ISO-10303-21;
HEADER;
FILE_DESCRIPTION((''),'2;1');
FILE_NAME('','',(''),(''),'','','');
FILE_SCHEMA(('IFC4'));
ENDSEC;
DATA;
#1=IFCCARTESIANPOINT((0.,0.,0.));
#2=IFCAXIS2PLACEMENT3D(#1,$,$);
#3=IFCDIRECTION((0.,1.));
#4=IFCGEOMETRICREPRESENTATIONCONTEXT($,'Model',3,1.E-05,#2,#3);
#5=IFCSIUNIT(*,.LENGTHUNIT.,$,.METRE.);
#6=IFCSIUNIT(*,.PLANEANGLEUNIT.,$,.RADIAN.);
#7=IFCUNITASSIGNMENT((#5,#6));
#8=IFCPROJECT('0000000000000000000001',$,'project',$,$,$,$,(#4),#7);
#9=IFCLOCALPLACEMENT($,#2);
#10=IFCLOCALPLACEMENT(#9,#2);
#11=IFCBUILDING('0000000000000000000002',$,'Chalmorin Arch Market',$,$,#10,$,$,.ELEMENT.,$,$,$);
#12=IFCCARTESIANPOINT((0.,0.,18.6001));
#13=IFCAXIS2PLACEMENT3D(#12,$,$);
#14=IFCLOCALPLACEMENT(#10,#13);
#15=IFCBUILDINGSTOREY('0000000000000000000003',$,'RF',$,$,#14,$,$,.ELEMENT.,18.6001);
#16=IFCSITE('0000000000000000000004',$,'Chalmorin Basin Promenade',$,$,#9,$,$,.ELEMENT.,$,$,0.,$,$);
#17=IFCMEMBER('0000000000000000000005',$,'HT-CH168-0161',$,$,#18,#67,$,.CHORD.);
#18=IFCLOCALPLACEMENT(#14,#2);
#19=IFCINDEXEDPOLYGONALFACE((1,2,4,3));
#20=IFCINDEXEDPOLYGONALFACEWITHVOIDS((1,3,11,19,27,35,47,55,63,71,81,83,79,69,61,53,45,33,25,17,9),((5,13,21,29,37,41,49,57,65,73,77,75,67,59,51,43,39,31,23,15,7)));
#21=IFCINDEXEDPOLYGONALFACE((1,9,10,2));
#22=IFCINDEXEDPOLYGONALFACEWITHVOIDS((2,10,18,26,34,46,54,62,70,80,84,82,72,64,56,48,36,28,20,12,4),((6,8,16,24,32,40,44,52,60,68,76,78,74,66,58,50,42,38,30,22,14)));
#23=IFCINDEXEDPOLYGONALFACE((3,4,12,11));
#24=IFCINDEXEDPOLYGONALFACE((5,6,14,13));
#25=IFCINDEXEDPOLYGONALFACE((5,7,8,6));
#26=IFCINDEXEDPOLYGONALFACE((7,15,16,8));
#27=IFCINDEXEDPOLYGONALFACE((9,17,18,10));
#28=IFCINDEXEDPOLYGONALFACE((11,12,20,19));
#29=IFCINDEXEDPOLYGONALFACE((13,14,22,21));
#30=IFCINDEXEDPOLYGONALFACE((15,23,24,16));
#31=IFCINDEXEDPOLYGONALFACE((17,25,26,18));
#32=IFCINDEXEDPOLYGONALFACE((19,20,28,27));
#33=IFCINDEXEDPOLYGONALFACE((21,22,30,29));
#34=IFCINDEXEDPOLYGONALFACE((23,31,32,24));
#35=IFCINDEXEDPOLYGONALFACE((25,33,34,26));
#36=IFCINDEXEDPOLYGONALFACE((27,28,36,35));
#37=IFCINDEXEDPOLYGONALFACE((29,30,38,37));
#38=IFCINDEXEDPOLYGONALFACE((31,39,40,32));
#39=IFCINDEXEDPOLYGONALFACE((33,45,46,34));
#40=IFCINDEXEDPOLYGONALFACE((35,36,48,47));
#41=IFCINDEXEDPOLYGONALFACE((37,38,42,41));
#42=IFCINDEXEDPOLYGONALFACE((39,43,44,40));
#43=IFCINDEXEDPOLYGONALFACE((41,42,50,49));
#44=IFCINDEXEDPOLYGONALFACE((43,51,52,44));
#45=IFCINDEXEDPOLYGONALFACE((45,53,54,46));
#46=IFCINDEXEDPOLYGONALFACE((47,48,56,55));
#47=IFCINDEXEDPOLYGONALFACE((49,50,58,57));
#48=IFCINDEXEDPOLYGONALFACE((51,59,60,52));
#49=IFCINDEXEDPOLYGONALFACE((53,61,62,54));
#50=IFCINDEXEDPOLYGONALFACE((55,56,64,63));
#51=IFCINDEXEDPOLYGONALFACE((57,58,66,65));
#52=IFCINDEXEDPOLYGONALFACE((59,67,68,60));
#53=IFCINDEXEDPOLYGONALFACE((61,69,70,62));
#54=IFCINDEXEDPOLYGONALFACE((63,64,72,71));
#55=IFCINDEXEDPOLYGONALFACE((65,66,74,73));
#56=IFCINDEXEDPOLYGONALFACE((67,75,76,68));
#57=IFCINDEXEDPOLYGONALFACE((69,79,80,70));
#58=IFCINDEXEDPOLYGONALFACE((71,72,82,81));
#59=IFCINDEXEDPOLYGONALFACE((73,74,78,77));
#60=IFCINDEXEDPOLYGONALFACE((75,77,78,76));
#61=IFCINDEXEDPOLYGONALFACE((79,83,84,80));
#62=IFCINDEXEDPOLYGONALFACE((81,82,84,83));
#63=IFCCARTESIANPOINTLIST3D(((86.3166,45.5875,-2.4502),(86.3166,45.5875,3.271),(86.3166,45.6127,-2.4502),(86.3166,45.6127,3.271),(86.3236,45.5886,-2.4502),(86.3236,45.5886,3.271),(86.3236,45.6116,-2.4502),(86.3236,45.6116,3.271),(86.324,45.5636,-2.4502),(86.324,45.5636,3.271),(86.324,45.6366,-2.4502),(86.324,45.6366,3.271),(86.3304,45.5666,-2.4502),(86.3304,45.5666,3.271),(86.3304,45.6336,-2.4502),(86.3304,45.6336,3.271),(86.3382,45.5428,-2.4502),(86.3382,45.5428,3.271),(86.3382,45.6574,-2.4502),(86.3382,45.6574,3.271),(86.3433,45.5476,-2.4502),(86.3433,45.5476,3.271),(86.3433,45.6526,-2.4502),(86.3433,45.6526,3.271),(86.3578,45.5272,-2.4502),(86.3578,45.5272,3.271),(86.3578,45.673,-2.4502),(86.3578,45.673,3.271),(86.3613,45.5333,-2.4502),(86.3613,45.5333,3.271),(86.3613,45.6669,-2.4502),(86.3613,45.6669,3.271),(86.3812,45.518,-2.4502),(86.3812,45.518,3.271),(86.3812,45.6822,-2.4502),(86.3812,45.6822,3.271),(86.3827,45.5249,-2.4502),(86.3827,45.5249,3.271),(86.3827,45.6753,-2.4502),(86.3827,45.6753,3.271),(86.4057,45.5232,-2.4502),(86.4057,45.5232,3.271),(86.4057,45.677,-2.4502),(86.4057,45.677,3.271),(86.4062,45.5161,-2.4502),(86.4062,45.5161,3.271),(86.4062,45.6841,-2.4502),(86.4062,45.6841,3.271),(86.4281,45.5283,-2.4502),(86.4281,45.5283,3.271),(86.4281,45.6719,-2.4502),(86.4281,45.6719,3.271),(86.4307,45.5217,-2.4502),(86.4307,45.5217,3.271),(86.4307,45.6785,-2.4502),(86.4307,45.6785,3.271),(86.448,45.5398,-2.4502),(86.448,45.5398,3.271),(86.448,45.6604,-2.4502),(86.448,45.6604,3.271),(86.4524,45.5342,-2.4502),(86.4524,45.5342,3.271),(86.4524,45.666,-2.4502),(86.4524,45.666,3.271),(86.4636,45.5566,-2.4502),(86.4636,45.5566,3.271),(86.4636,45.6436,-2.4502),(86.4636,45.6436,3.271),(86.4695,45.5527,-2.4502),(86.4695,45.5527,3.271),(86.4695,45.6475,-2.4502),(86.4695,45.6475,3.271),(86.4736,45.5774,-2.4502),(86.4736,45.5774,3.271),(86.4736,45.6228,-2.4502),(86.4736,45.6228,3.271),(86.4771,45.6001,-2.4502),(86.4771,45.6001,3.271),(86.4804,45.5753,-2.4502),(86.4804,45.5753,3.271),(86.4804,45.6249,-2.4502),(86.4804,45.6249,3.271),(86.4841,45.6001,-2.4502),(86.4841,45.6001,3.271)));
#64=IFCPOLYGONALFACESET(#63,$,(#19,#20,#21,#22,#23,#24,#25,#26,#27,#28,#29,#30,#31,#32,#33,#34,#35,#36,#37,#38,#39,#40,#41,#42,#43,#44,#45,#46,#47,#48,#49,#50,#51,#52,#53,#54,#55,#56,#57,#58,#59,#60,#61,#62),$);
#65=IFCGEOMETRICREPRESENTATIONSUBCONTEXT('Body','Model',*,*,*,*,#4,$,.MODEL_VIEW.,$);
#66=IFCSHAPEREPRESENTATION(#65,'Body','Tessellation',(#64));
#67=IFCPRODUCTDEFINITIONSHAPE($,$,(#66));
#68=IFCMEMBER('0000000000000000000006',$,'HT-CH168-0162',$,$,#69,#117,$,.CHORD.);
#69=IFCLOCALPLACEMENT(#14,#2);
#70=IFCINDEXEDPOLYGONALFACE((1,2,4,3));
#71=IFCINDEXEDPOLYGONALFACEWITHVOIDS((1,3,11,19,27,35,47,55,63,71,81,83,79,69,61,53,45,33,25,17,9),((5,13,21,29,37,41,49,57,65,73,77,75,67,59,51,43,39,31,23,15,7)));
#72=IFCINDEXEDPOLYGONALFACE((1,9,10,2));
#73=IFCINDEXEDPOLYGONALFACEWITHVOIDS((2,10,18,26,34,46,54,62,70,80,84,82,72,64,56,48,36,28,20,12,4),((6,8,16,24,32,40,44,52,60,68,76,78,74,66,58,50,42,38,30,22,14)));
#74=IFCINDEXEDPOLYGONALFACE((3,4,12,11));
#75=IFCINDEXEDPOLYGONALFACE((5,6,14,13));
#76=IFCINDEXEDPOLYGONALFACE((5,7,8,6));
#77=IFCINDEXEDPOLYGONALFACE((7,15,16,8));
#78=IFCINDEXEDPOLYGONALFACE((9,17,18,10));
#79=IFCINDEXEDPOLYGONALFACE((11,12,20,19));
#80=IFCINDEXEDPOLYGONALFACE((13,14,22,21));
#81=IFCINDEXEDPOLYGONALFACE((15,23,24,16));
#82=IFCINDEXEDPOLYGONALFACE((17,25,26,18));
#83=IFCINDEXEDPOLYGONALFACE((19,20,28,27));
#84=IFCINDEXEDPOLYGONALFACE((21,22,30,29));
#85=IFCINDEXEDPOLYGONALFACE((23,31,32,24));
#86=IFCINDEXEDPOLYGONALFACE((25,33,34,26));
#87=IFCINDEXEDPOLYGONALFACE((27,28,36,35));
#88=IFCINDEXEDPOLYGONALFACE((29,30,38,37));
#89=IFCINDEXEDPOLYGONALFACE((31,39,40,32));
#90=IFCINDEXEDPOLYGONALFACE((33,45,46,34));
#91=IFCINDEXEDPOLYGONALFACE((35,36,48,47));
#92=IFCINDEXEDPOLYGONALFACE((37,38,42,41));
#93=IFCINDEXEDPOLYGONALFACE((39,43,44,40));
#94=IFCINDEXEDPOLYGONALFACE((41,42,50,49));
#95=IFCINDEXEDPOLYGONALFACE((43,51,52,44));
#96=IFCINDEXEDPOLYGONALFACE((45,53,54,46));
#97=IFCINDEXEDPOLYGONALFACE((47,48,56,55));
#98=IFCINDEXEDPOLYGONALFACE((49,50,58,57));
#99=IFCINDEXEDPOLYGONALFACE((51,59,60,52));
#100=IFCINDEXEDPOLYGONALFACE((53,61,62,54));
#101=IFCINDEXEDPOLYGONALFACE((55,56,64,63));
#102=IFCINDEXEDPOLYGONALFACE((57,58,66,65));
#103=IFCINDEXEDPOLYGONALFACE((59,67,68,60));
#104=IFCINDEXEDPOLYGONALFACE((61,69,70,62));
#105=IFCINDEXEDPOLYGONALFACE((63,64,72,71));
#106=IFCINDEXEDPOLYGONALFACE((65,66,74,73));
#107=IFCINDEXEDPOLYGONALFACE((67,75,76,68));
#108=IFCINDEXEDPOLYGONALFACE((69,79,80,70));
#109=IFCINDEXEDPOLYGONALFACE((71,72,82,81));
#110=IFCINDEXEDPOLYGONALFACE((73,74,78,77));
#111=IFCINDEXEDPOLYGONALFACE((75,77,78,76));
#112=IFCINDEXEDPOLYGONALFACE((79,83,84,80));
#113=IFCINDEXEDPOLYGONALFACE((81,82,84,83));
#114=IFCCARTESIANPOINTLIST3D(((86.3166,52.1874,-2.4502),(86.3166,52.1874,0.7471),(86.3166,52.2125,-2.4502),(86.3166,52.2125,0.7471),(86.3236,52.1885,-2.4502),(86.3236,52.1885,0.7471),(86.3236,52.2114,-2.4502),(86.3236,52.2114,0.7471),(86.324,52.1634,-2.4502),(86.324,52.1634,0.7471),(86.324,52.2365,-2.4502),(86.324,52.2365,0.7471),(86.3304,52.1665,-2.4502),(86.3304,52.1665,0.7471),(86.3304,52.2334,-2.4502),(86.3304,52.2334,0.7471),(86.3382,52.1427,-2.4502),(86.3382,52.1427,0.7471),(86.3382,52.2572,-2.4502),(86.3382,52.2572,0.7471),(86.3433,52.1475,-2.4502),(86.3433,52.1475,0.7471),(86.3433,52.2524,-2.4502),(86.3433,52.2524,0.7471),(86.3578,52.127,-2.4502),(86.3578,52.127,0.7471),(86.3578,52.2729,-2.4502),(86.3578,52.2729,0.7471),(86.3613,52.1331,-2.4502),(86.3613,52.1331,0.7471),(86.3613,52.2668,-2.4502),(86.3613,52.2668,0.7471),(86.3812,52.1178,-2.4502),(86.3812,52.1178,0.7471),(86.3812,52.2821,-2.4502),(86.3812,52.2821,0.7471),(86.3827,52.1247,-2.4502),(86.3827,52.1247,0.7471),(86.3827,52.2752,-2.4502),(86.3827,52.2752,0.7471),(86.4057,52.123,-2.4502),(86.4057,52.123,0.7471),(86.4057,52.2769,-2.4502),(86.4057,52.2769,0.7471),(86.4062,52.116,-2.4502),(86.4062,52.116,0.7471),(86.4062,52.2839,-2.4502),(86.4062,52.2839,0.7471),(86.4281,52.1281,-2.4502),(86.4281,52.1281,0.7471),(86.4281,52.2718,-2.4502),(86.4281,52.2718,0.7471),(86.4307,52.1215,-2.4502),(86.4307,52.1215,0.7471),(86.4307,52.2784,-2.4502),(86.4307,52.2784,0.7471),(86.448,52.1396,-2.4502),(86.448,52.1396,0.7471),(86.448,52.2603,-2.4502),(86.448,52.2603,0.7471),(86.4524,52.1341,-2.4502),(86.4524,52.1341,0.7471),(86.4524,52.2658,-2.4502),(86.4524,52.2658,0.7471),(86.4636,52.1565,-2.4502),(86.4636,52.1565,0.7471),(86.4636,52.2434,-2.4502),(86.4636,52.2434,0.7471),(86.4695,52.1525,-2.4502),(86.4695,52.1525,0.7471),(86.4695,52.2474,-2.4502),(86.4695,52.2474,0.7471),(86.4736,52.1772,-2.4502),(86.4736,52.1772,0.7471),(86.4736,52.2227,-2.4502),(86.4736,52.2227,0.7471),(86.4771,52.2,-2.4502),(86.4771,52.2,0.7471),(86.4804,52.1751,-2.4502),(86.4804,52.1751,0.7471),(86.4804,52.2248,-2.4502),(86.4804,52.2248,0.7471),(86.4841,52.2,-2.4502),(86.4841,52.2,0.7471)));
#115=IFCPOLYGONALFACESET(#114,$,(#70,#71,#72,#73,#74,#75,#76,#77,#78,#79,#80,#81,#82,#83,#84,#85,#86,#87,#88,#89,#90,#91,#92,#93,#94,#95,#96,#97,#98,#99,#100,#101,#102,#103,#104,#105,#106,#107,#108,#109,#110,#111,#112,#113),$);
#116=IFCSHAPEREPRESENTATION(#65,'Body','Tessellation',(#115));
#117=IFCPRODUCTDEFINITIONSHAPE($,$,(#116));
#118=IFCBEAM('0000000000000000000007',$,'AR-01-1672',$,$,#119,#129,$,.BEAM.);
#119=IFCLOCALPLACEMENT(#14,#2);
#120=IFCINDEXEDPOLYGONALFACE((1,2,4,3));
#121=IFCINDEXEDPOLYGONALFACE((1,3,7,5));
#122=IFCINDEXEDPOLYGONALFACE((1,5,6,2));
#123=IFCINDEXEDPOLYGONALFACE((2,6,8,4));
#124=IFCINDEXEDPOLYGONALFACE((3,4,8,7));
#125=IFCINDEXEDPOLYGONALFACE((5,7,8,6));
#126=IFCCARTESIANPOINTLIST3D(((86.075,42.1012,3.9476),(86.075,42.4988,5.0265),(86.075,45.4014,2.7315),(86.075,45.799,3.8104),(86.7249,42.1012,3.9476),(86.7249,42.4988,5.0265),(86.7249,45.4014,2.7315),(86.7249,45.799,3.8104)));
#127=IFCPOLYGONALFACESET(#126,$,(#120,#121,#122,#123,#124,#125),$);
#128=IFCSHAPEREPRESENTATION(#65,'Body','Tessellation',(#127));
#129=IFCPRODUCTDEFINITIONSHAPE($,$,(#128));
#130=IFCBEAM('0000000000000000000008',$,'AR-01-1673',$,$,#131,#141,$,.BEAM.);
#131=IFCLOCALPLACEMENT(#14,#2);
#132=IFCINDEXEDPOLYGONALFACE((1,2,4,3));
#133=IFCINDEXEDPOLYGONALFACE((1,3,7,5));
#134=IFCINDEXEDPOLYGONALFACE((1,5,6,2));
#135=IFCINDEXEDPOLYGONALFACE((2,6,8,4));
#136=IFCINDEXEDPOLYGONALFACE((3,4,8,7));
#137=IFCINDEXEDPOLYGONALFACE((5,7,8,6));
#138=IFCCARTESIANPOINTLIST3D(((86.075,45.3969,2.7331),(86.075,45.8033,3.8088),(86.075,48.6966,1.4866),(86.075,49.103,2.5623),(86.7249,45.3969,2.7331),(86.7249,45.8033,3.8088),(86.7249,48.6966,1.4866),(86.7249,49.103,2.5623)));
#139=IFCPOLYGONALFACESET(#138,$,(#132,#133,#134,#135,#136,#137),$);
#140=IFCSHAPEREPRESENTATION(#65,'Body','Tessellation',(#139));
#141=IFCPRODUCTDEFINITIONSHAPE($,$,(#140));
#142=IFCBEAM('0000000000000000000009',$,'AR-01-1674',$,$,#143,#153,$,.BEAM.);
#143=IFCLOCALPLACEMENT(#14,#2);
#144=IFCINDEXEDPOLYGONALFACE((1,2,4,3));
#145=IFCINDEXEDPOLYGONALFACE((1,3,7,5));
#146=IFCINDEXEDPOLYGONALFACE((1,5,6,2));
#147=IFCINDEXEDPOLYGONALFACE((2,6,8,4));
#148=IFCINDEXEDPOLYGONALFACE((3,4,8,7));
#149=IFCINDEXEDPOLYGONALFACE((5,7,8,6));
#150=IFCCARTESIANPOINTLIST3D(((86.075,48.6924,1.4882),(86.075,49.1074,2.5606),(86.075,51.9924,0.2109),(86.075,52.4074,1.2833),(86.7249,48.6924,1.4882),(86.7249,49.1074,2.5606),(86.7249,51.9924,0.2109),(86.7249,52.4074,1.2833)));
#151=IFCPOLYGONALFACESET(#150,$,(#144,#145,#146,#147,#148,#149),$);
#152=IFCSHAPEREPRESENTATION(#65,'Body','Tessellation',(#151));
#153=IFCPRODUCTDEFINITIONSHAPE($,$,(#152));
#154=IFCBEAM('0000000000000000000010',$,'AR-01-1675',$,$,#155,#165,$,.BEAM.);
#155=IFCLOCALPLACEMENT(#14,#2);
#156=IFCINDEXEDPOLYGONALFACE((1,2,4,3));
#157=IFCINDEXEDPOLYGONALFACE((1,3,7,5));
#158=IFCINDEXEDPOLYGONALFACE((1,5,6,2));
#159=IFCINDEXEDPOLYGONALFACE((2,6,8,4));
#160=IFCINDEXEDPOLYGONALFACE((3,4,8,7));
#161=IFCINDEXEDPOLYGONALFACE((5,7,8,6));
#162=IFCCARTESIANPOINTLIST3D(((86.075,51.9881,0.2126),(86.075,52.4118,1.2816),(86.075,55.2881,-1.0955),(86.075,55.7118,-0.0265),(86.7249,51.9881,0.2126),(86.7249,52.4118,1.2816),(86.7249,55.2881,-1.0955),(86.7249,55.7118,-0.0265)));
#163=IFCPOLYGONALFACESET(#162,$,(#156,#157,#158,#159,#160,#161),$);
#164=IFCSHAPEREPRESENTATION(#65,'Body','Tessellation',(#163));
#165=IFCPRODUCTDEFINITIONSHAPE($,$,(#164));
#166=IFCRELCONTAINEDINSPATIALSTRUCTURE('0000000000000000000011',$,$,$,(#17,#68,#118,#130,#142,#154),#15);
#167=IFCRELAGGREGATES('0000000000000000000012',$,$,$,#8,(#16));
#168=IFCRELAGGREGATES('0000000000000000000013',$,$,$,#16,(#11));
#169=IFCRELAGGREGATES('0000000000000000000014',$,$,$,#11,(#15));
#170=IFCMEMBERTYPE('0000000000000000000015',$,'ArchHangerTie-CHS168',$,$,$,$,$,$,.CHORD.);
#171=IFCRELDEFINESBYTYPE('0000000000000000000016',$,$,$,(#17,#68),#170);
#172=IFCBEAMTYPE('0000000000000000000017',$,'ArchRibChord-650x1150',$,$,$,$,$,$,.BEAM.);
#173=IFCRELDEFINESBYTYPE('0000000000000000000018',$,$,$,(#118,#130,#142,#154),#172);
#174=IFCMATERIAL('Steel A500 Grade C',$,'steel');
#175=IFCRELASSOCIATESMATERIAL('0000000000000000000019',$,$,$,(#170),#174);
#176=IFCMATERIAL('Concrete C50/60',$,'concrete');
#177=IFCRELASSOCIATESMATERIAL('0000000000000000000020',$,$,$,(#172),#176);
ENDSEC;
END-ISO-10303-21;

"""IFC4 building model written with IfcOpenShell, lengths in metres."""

from ifc_helpers import new_model, si_unit, direction, frame, origin, origin_2d, place, context, subcontext, project, spatial, rectangle, hollow_circle, extrude, material, material_profile, profile_set, type_object, element, save


model = new_model("IFC4")

# Units and contexts
model_context = context("Model", 3, precision=1e-05, world=origin(), true_north=direction((0.0, 1.0)))
body_context = subcontext(model_context, "Body", "Model", "MODEL_VIEW")
ifc_project = project(units=[si_unit("LENGTHUNIT", "METRE"), si_unit("PLANEANGLEUNIT", "RADIAN")], contexts=[model_context])

# Site, building, storey
site_placement = place(None, origin())
site = spatial("IfcSite", under=ifc_project, at=site_placement, Name="Chalmorin Basin Promenade", CompositionType="ELEMENT", RefElevation=0.0)
building_placement = place(site_placement, origin())
building = spatial("IfcBuilding", under=site, at=building_placement, Name="Chalmorin Arch Market", CompositionType="ELEMENT")
storey_placement = place(building_placement, frame((0.0, 0.0, 18.6001)))
storey = spatial("IfcBuildingStorey", under=building, at=storey_placement, Name="RF", CompositionType="ELEMENT", Elevation=18.6001)

# Members
ifc_material_1 = material(Name="Steel A500 Grade C", Category="steel")
ifc_material_profile_1 = material_profile(ifc_material_1, hollow_circle(Radius=0.0842, WallThickness=0.0071, at=origin_2d()), Name="CHS168X7")
ifc_profile_set_1 = profile_set([ifc_material_profile_1], Name="Steel A500 Grade C")
member_type_1 = type_object("IfcMemberType", Name="ArchHangerTie-CHS168", PredefinedType="CHORD", material=ifc_profile_set_1)
member_1_placement = place(storey_placement, frame((86.3999, 45.6001, -2.4502), z_axis=(0.0, 0.0, 1.0), x_axis=(1.0, 0.0, 0.0)))
element("IfcMember", 1, at=member_1_placement, inside=storey, type_object=member_type_1, Name="HT-CH168-0161", PredefinedType="CHORD", context=body_context, shape_type="SweptSolid", body=[
    extrude(hollow_circle(Radius=0.0842, WallThickness=0.0071, at=origin_2d()), origin(), (0.0, 0.0, 1.0), 5.7212),
])
member_2_placement = place(storey_placement, frame((86.3999, 52.2, -2.4502), z_axis=(0.0, 0.0, 1.0), x_axis=(1.0, 0.0, 0.0)))
element("IfcMember", 2, at=member_2_placement, inside=storey, type_object=member_type_1, Name="HT-CH168-0162", PredefinedType="CHORD", context=body_context, shape_type="SweptSolid", body=[
    extrude(hollow_circle(Radius=0.0842, WallThickness=0.0071, at=origin_2d()), origin(), (0.0, 0.0, 1.0), 3.1973),
])

# Beams
ifc_material_2 = material(Name="Concrete C50/60", Category="concrete")
ifc_material_profile_2 = material_profile(ifc_material_2, rectangle(XDim=0.6499, YDim=1.1499, at=origin_2d()), Name="RC650X1150")
ifc_profile_set_2 = profile_set([ifc_material_profile_2], Name="Concrete C50/60")
beam_type = type_object("IfcBeamType", Name="ArchRibChord-650x1150", PredefinedType="BEAM", material=ifc_profile_set_2)
beam_1_placement = place(storey_placement, frame((86.3999, 42.3, 4.4871), z_axis=(0.0, 0.938319, -0.34577), x_axis=(-1.0, 0.0, 0.0)))
element("IfcBeam", 3, at=beam_1_placement, inside=storey, type_object=beam_type, Name="AR-01-1672", PredefinedType="BEAM", context=body_context, shape_type="SweptSolid", body=[
    extrude(rectangle(XDim=0.6499, YDim=1.1499, at=origin_2d()), origin(), (0.0, 0.0, 1.0), 3.5171),
])
beam_2_placement = place(storey_placement, frame((86.3999, 45.6001, 3.271), z_axis=(0.0, 0.935473, -0.353398), x_axis=(-1.0, 0.0, 0.0)))
element("IfcBeam", 4, at=beam_2_placement, inside=storey, type_object=beam_type, Name="AR-01-1673", PredefinedType="BEAM", context=body_context, shape_type="SweptSolid", body=[
    extrude(rectangle(XDim=0.6499, YDim=1.1499, at=origin_2d()), origin(), (0.0, 0.0, 1.0), 3.5273),
])
beam_3_placement = place(storey_placement, frame((86.3999, 48.8999, 2.0244), z_axis=(0.0, 0.932577, -0.360971), x_axis=(-1.0, 0.0, 0.0)))
element("IfcBeam", 5, at=beam_3_placement, inside=storey, type_object=beam_type, Name="AR-01-1674", PredefinedType="BEAM", context=body_context, shape_type="SweptSolid", body=[
    extrude(rectangle(XDim=0.6499, YDim=1.1499, at=origin_2d()), origin(), (0.0, 0.0, 1.0), 3.5386),
])
beam_4_placement = place(storey_placement, frame((86.3999, 52.2, 0.7471), z_axis=(0.0, 0.929629, -0.368496), x_axis=(-1.0, 0.0, 0.0)))
element("IfcBeam", 6, at=beam_4_placement, inside=storey, type_object=beam_type, Name="AR-01-1675", PredefinedType="BEAM", context=body_context, shape_type="SweptSolid", body=[
    extrude(rectangle(XDim=0.6499, YDim=1.1499, at=origin_2d()), origin(), (0.0, 0.0, 1.0), 3.5498),
])

save(model, "model.ifc")
